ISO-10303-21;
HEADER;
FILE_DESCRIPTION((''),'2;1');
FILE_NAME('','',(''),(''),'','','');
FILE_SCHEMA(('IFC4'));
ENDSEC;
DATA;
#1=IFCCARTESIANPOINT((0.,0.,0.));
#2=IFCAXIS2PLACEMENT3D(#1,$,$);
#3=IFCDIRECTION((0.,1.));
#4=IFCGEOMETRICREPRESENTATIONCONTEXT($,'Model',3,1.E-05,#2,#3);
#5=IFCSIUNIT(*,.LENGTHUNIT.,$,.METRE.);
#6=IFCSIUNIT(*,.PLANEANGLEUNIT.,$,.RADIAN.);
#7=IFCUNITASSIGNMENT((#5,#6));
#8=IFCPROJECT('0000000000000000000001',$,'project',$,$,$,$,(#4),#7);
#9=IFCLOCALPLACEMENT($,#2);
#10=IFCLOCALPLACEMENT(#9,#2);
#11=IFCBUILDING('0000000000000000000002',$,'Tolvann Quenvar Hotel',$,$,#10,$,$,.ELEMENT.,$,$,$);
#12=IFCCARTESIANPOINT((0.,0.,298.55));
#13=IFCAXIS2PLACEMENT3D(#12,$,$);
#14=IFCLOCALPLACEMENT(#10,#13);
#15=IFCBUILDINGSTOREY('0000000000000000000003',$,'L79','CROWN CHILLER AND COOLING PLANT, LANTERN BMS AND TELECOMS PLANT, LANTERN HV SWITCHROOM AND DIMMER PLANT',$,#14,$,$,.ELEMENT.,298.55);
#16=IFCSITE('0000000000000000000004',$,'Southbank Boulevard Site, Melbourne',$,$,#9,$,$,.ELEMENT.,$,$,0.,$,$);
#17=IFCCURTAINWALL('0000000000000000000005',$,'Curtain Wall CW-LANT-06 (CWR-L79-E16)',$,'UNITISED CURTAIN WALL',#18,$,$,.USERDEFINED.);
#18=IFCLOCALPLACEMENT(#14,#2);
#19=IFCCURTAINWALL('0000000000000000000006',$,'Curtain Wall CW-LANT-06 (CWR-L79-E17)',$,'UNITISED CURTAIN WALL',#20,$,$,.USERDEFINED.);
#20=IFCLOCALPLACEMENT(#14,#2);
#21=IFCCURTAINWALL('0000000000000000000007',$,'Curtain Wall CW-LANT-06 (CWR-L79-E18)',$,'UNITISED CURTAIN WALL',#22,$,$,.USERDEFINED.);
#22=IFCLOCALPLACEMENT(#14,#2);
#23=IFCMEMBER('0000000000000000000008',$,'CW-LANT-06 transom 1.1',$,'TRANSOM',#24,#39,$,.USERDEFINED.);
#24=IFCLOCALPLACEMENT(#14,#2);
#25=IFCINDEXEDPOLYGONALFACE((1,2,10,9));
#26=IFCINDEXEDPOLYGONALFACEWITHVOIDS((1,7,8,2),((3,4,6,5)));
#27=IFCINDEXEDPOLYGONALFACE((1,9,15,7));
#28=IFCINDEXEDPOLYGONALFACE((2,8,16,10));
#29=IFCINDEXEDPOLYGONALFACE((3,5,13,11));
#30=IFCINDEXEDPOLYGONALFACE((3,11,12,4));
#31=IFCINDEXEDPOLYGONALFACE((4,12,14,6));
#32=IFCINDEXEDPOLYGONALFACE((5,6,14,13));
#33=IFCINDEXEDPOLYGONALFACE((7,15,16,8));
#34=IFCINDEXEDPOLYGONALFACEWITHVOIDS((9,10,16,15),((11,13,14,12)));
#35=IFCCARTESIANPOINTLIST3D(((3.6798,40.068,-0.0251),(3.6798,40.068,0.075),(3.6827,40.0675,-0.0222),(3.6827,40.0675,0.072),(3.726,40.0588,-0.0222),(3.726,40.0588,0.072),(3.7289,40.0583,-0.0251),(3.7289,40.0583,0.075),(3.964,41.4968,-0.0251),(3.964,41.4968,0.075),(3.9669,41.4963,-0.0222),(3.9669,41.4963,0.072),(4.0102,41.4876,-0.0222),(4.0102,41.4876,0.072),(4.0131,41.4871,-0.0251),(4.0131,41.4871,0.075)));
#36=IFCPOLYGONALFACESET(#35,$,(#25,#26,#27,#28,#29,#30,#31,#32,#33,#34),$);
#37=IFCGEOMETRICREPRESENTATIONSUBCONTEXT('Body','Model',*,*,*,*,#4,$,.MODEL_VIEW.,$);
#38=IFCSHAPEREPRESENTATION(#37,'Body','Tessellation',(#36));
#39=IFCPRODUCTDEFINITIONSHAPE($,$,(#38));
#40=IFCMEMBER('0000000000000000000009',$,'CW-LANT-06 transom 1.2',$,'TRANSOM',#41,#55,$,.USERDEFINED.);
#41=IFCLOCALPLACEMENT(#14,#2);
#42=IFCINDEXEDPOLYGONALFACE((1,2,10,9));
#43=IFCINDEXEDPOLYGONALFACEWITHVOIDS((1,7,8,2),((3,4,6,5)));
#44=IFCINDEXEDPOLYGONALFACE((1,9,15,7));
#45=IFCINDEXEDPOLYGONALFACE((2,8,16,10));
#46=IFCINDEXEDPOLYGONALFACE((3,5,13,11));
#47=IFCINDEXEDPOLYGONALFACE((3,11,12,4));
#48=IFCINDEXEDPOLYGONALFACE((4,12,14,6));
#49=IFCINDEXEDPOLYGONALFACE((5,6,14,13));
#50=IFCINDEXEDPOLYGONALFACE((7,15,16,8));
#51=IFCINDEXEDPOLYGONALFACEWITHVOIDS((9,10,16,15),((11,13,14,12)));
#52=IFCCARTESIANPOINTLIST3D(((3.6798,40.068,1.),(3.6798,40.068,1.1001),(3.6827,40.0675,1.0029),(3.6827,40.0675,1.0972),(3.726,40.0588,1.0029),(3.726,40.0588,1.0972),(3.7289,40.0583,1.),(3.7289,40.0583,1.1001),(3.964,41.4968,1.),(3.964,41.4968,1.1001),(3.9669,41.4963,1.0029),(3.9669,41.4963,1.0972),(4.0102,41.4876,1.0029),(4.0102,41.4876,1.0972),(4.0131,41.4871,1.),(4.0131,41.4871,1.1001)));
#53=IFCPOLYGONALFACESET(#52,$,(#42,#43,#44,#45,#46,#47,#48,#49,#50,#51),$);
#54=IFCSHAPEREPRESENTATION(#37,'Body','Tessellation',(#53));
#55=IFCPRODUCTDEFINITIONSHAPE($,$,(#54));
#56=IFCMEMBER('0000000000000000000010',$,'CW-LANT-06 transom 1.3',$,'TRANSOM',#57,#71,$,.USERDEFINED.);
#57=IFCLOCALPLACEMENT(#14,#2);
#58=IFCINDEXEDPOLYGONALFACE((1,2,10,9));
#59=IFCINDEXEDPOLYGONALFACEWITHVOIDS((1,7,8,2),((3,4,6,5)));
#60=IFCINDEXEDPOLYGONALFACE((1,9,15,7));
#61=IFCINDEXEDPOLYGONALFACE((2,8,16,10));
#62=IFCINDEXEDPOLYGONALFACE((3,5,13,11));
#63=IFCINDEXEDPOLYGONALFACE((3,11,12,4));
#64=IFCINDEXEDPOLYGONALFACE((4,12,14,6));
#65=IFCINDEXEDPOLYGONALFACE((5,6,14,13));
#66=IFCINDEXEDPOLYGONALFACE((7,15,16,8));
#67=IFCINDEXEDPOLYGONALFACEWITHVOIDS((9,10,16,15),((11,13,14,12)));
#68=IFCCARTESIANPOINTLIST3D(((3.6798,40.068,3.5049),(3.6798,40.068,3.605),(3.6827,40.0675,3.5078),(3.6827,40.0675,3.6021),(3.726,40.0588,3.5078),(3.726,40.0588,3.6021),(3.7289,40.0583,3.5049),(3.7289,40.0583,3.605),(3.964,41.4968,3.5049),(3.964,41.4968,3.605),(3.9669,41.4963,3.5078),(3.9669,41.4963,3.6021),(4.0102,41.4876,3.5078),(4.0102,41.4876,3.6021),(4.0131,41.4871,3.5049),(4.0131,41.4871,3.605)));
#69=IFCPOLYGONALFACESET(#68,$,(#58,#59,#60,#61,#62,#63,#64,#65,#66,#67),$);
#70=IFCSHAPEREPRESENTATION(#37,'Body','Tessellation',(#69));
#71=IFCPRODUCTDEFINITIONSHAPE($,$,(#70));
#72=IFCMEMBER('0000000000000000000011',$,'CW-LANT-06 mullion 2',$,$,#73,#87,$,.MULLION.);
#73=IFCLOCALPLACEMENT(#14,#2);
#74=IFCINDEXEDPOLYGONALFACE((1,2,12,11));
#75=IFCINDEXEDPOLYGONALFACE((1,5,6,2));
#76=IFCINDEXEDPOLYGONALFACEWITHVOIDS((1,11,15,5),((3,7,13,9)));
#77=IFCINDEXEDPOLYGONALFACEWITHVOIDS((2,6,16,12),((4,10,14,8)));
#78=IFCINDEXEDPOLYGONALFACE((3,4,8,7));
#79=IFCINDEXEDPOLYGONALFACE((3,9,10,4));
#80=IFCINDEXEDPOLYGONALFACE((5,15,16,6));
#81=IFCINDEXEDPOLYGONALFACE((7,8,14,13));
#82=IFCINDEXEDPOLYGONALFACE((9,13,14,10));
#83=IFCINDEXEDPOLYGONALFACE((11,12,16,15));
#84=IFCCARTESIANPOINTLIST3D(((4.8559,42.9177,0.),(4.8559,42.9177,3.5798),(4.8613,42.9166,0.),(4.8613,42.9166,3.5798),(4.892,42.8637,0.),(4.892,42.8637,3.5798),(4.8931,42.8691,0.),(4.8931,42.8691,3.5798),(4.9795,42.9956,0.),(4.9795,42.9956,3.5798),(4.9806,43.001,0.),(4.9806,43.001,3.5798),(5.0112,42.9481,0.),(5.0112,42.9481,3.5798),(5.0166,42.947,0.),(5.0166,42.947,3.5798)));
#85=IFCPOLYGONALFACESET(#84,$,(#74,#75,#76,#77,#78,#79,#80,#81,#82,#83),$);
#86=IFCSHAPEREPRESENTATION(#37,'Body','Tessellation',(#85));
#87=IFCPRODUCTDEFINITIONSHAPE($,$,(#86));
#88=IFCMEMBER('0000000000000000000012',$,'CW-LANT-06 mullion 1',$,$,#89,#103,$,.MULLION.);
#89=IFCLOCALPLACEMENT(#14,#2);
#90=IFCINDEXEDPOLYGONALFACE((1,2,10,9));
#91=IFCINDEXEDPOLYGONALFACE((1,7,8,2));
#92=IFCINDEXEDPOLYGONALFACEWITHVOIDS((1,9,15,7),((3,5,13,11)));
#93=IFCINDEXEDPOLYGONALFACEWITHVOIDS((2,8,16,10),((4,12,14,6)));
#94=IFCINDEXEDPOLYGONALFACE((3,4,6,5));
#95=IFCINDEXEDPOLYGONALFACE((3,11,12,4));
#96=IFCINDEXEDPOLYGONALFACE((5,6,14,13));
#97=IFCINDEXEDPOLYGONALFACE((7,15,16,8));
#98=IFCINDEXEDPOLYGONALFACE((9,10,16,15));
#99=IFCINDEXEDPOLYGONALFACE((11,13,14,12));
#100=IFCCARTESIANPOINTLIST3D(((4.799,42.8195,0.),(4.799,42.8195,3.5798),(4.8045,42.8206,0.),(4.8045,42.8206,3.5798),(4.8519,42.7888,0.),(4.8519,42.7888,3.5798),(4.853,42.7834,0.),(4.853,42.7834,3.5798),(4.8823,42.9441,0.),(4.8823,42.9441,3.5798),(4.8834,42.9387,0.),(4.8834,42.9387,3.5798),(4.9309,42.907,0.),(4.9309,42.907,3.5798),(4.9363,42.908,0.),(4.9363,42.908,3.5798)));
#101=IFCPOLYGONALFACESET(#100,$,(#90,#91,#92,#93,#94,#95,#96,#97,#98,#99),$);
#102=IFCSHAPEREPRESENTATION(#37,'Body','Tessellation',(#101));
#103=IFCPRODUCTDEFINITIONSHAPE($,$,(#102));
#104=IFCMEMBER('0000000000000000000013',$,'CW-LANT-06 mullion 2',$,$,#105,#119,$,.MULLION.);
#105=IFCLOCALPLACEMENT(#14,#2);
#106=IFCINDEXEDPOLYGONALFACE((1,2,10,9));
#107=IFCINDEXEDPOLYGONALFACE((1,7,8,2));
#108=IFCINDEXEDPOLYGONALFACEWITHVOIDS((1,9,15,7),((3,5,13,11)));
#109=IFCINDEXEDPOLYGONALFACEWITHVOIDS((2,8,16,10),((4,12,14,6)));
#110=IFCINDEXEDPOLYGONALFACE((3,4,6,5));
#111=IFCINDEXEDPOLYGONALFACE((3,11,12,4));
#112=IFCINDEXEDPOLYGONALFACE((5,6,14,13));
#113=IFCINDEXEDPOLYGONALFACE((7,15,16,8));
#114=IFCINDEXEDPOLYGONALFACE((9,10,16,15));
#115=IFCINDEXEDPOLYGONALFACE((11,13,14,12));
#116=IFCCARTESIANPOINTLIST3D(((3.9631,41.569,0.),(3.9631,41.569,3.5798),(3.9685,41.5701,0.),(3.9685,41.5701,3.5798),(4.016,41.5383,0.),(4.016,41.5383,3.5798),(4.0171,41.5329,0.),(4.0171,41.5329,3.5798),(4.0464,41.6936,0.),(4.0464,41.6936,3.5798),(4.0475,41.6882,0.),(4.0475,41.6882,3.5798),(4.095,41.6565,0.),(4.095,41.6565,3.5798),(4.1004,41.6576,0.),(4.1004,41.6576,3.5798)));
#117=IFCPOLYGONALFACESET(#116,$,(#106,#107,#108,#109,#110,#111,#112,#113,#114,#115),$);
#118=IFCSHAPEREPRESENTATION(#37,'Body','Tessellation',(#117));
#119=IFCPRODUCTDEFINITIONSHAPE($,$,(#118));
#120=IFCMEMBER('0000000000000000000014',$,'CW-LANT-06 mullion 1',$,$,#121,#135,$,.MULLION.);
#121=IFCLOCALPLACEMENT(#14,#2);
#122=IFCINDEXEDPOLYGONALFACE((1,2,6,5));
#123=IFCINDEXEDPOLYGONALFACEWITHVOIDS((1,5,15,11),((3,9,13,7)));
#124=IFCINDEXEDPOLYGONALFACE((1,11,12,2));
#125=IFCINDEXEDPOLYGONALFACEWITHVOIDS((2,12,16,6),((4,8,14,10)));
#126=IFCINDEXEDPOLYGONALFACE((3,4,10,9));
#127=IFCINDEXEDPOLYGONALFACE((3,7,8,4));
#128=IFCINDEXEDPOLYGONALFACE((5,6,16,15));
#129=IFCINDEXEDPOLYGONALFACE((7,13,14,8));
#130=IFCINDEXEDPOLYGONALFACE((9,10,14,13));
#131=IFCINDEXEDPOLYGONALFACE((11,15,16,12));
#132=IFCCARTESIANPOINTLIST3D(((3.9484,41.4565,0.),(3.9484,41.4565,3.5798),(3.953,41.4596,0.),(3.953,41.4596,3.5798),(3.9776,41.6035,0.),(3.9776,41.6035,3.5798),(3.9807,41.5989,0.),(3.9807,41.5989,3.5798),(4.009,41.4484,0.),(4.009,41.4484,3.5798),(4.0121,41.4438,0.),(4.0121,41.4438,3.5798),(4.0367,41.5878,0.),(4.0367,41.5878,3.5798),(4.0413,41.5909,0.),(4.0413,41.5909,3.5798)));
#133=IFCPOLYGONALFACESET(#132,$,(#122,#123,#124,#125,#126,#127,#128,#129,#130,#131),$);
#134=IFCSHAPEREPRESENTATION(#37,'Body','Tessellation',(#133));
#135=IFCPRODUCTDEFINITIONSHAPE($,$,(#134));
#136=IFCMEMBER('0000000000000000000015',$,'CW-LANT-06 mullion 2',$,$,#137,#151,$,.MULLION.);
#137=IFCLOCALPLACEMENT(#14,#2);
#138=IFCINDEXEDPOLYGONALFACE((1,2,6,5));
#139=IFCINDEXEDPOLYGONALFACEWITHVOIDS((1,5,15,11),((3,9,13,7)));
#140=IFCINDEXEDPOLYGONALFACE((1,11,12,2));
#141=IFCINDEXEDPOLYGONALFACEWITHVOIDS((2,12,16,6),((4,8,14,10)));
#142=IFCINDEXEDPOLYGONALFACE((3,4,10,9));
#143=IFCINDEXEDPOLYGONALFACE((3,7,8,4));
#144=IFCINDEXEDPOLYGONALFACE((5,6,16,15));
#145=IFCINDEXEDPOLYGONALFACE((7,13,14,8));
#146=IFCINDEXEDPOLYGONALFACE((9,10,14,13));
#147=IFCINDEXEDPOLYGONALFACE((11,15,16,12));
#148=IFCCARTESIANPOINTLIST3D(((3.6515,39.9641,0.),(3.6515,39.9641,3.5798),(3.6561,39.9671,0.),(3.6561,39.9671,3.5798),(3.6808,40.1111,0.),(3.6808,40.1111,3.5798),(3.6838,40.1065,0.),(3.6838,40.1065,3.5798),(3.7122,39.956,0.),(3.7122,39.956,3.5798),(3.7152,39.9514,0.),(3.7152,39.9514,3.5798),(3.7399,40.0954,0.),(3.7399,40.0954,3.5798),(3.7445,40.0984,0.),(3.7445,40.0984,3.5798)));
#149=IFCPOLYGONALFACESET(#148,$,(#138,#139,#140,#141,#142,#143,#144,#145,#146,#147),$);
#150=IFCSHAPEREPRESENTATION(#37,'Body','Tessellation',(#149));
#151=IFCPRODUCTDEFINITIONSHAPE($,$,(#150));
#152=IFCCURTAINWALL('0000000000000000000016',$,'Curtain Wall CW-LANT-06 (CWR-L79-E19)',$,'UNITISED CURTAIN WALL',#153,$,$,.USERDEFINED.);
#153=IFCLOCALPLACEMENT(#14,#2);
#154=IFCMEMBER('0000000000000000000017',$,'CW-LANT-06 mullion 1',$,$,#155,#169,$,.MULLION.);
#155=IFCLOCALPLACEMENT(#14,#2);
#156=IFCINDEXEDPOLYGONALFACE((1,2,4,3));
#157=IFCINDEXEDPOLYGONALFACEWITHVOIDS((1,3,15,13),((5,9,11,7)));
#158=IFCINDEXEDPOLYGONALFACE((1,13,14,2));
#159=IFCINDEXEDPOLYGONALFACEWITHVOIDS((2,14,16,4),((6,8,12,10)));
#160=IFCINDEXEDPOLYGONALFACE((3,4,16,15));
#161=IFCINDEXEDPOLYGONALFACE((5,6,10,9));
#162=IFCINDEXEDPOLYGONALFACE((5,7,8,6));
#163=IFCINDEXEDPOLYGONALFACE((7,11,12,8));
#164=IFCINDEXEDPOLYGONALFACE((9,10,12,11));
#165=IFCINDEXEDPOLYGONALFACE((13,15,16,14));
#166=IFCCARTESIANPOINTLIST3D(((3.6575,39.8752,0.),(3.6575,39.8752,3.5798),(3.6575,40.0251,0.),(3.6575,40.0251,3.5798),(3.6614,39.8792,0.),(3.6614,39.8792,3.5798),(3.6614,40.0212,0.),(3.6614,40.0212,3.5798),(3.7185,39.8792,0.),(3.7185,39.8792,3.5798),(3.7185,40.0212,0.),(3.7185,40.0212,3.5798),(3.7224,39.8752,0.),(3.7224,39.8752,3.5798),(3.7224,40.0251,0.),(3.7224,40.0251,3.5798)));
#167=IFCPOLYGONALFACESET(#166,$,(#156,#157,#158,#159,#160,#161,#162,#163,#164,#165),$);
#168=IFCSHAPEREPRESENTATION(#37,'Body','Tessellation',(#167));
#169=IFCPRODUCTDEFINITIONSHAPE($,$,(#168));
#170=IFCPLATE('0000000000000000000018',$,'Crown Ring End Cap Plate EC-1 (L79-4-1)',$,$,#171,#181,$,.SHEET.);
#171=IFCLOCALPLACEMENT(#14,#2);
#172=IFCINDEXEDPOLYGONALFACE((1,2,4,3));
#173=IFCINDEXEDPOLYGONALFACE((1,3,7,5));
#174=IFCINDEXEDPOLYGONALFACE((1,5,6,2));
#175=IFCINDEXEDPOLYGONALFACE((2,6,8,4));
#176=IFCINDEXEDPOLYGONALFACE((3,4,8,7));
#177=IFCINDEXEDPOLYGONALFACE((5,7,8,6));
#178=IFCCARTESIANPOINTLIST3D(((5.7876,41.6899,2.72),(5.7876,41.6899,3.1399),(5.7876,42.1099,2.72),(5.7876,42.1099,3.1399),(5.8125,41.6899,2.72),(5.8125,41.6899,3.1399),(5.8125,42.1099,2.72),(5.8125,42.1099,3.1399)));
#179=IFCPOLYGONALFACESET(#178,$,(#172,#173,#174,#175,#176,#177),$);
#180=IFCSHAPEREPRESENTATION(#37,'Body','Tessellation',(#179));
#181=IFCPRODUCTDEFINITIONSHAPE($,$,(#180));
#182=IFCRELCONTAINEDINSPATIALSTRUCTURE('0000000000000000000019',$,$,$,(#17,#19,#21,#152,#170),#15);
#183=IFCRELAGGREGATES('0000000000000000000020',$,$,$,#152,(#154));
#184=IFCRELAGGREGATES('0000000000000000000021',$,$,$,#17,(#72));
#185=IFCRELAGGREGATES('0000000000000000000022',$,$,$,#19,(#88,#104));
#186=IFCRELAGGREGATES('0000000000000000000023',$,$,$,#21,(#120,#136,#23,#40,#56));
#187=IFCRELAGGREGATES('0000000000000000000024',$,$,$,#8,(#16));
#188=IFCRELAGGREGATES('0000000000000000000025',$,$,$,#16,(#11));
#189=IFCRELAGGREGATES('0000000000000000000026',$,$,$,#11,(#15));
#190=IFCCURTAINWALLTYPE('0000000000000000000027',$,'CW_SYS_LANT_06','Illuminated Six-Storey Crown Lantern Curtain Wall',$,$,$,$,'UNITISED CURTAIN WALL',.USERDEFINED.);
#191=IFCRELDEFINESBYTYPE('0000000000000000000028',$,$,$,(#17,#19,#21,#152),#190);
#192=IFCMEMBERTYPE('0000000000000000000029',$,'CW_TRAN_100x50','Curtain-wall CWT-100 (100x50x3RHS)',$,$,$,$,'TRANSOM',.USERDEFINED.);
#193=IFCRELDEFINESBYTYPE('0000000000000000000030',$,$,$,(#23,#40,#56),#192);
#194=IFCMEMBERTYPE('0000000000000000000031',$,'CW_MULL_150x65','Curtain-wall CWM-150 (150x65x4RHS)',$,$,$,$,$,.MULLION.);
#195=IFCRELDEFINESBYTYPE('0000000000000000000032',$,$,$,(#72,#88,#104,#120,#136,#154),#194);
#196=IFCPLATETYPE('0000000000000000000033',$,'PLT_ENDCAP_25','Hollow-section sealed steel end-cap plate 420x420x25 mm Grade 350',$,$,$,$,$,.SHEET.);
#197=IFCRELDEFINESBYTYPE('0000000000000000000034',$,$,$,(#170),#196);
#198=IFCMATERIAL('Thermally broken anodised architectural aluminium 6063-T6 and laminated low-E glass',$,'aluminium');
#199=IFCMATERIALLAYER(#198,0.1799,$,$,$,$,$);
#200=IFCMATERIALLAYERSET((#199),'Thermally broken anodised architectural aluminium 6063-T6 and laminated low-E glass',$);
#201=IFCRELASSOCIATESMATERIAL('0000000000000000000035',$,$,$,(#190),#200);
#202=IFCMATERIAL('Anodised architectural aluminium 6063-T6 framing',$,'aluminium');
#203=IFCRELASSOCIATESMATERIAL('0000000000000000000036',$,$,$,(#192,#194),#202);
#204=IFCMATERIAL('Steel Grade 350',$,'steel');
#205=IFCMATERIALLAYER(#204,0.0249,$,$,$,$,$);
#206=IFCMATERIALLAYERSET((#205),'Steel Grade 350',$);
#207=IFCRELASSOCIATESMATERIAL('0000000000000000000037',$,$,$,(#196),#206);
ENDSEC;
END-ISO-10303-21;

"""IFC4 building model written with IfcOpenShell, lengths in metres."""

from ifc_helpers import new_model, si_unit, direction, frame, origin, origin_2d, place, context, subcontext, project, spatial, rectangle, hollow_rectangle, extrude, source, transform, mapped, material, layer, layer_set, material_profile, profile_set, type_object, type_shapes, element, aggregate, save


model = new_model("IFC4")

# Units and contexts
model_context = context("Model", 3, precision=1e-05, world=origin(), true_north=direction((0.0, 1.0)))
body_context = subcontext(model_context, "Body", "Model", "MODEL_VIEW")
ifc_project = project(units=[si_unit("LENGTHUNIT", "METRE"), si_unit("PLANEANGLEUNIT", "RADIAN")], contexts=[model_context])

# Site, building, storey
site_placement = place(None, origin())
site = spatial("IfcSite", under=ifc_project, at=site_placement, Name="Southbank Boulevard Site, Melbourne", CompositionType="ELEMENT", RefElevation=0.0)
building_placement = place(site_placement, origin())
building = spatial("IfcBuilding", under=site, at=building_placement, Name="Tolvann Quenvar Hotel", CompositionType="ELEMENT")
storey_placement = place(building_placement, frame((0.0, 0.0, 298.55)))
storey = spatial("IfcBuildingStorey", under=building, at=storey_placement, Name="L79", Description="CROWN CHILLER AND COOLING PLANT, LANTERN BMS AND TELECOMS PLANT, LANTERN HV SWITCHROOM AND DIMMER PLANT", CompositionType="ELEMENT", Elevation=298.55)

# Shared definitions
ifc_material_1 = material(Name="Steel Grade 350", Category="steel")

# Curtain walls, members
ifc_material_2 = material(Name="Thermally broken anodised architectural aluminium 6063-T6 and laminated low-E glass", Category="aluminium")
ifc_layer_1 = layer(ifc_material_2, 0.1799)
ifc_layer_set_1 = layer_set([ifc_layer_1], Name="Thermally broken anodised architectural aluminium 6063-T6 and laminated low-E glass")
curtain_wall_type = type_object("IfcCurtainWallType", Name="CW_SYS_LANT_06", Description="Illuminated Six-Storey Crown Lantern Curtain Wall", ElementType="UNITISED CURTAIN WALL", PredefinedType="USERDEFINED", material=ifc_layer_set_1)
curtain_wall_1_placement = place(storey_placement, origin())
curtain_wall_1 = element("IfcCurtainWall", 1, at=curtain_wall_1_placement, inside=storey, type_object=curtain_wall_type, Name="Curtain Wall CW-LANT-06 (CWR-L79-E16)", ObjectType="UNITISED CURTAIN WALL", PredefinedType="USERDEFINED")
ifc_material_3 = material(Name="Anodised architectural aluminium 6063-T6 framing", Category="aluminium")
ifc_material_profile_1 = material_profile(ifc_material_3, hollow_rectangle(XDim=0.05, YDim=0.1001, WallThickness=0.0029, at=origin_2d()), Name="100x50x3RHS")
ifc_profile_set_1 = profile_set([ifc_material_profile_1], Name="Anodised architectural aluminium 6063-T6 framing")
member_type_1 = type_object("IfcMemberType", Name="CW_TRAN_100x50", Description="Curtain-wall CWT-100 (100x50x3RHS)", ElementType="TRANSOM", PredefinedType="USERDEFINED", material=ifc_profile_set_1)
curtain_wall_2_placement = place(storey_placement, origin())
curtain_wall_2 = element("IfcCurtainWall", 2, at=curtain_wall_2_placement, inside=storey, type_object=curtain_wall_type, Name="Curtain Wall CW-LANT-06 (CWR-L79-E17)", ObjectType="UNITISED CURTAIN WALL", PredefinedType="USERDEFINED")
curtain_wall_3_placement = place(storey_placement, origin())
curtain_wall_3 = element("IfcCurtainWall", 3, at=curtain_wall_3_placement, inside=storey, type_object=curtain_wall_type, Name="Curtain Wall CW-LANT-06 (CWR-L79-E18)", ObjectType="UNITISED CURTAIN WALL", PredefinedType="USERDEFINED")
shared_shape_1 = source(origin(), body_context, "Body", "SweptSolid", [
    extrude(hollow_rectangle(XDim=0.05, YDim=0.1001, WallThickness=0.0029, at=origin_2d()), origin(), (0.0, 0.0, 1.0), 1.4568),
])
member_1_placement = place(storey_placement, frame((3.9885, 41.4919, 0.0249), z_axis=(-0.195085, -0.980786, 0.0), x_axis=(0.980786, -0.195085, 0.0)))
member_1 = element("IfcMember", 4, at=member_1_placement, type_object=member_type_1, Name="CW-LANT-06 transom 1.1", ObjectType="TRANSOM", PredefinedType="USERDEFINED", context=body_context, shape_type="MappedRepresentation", body=[
    mapped(shared_shape_1, transform((0.0, 0.0, 0.0), x_axis=(1.0, 0.0, 0.0), y_axis=(0.0, 1.0, 0.0), z_axis=(0.0, 0.0, 1.0), scale=1.0)),
])
member_2_placement = place(storey_placement, frame((3.9885, 41.4919, 1.05), z_axis=(-0.195085, -0.980786, 0.0), x_axis=(0.980786, -0.195085, 0.0)))
member_2 = element("IfcMember", 5, at=member_2_placement, type_object=member_type_1, Name="CW-LANT-06 transom 1.2", ObjectType="TRANSOM", PredefinedType="USERDEFINED", context=body_context, shape_type="MappedRepresentation", body=[
    mapped(shared_shape_1, transform((0.0, 0.0, 0.0), x_axis=(1.0, 0.0, 0.0), y_axis=(0.0, 1.0, 0.0), z_axis=(0.0, 0.0, 1.0), scale=1.0)),
])
member_3_placement = place(storey_placement, frame((3.9885, 41.4919, 3.5549), z_axis=(-0.195085, -0.980786, 0.0), x_axis=(0.980786, -0.195085, 0.0)))
member_3 = element("IfcMember", 6, at=member_3_placement, type_object=member_type_1, Name="CW-LANT-06 transom 1.3", ObjectType="TRANSOM", PredefinedType="USERDEFINED", context=body_context, shape_type="MappedRepresentation", body=[
    mapped(shared_shape_1, transform((0.0, 0.0, 0.0), x_axis=(1.0, 0.0, 0.0), y_axis=(0.0, 1.0, 0.0), z_axis=(0.0, 0.0, 1.0), scale=1.0)),
])

# Members
ifc_material_profile_2 = material_profile(ifc_material_3, hollow_rectangle(XDim=0.0649, YDim=0.1499, WallThickness=0.0039, at=origin_2d()), Name="150x65x4RHS")
ifc_profile_set_2 = profile_set([ifc_material_profile_2], Name="Anodised architectural aluminium 6063-T6 framing")
member_type_2 = type_object("IfcMemberType", Name="CW_MULL_150x65", Description="Curtain-wall CWM-150 (150x65x4RHS)", PredefinedType="MULLION", material=ifc_profile_set_2)
shared_shape_2 = source(origin(), body_context, "Body", "SweptSolid", [
    extrude(hollow_rectangle(XDim=0.0649, YDim=0.1499, WallThickness=0.0039, at=origin_2d()), origin(), (0.0, 0.0, 1.0), 3.5798),
])
type_shapes(member_type_2, [shared_shape_2])
member_4_placement = place(storey_placement, frame((4.9363, 42.9324, 0.0), z_axis=(0.0, 0.0, 1.0), x_axis=(0.555656, -0.831412, 0.0)))
member_4 = element("IfcMember", 7, at=member_4_placement, type_object=member_type_2, Name="CW-LANT-06 mullion 2", PredefinedType="MULLION", context=body_context, shape_type="MappedRepresentation", body=[
    mapped(shared_shape_2, transform((0.0, 0.0, 0.0), x_axis=(1.0, 0.0, 0.0), y_axis=(0.0, 1.0, 0.0), z_axis=(0.0, 0.0, 1.0), scale=1.0)),
])
member_5_placement = place(storey_placement, frame((4.8677, 42.8638, 0.0), z_axis=(0.0, 0.0, 1.0), x_axis=(0.831412, -0.555656, 0.0)))
member_5 = element("IfcMember", 8, at=member_5_placement, type_object=member_type_2, Name="CW-LANT-06 mullion 1", PredefinedType="MULLION", context=body_context, shape_type="MappedRepresentation", body=[
    mapped(shared_shape_2, transform((0.0, 0.0, 0.0), x_axis=(1.0, 0.0, 0.0), y_axis=(0.0, 1.0, 0.0), z_axis=(0.0, 0.0, 1.0), scale=1.0)),
])
member_6_placement = place(storey_placement, frame((4.0317, 41.6133, 0.0), z_axis=(0.0, 0.0, 1.0), x_axis=(0.831412, -0.555656, 0.0)))
member_6 = element("IfcMember", 9, at=member_6_placement, type_object=member_type_2, Name="CW-LANT-06 mullion 2", PredefinedType="MULLION", context=body_context, shape_type="MappedRepresentation", body=[
    mapped(shared_shape_2, transform((0.0, 0.0, 0.0), x_axis=(1.0, 0.0, 0.0), y_axis=(0.0, 1.0, 0.0), z_axis=(0.0, 0.0, 1.0), scale=1.0)),
])
member_7_placement = place(storey_placement, frame((3.9949, 41.5237, 0.0), z_axis=(0.0, 0.0, 1.0), x_axis=(0.980791, -0.195062, 0.0)))
member_7 = element("IfcMember", 10, at=member_7_placement, type_object=member_type_2, Name="CW-LANT-06 mullion 1", PredefinedType="MULLION", context=body_context, shape_type="MappedRepresentation", body=[
    mapped(shared_shape_2, transform((0.0, 0.0, 0.0), x_axis=(1.0, 0.0, 0.0), y_axis=(0.0, 1.0, 0.0), z_axis=(0.0, 0.0, 1.0), scale=1.0)),
])
member_8_placement = place(storey_placement, frame((3.698, 40.0312, 0.0), z_axis=(0.0, 0.0, 1.0), x_axis=(0.980791, -0.195062, 0.0)))
member_8 = element("IfcMember", 11, at=member_8_placement, type_object=member_type_2, Name="CW-LANT-06 mullion 2", PredefinedType="MULLION", context=body_context, shape_type="MappedRepresentation", body=[
    mapped(shared_shape_2, transform((0.0, 0.0, 0.0), x_axis=(1.0, 0.0, 0.0), y_axis=(0.0, 1.0, 0.0), z_axis=(0.0, 0.0, 1.0), scale=1.0)),
])

# Curtain wall, member
curtain_wall_4_placement = place(storey_placement, origin())
curtain_wall_4 = element("IfcCurtainWall", 12, at=curtain_wall_4_placement, inside=storey, type_object=curtain_wall_type, Name="Curtain Wall CW-LANT-06 (CWR-L79-E19)", ObjectType="UNITISED CURTAIN WALL", PredefinedType="USERDEFINED")
member_9_placement = place(storey_placement, frame((3.6899, 39.9502, 0.0), z_axis=(0.0, 0.0, 1.0), x_axis=(1.0, 0.0, 0.0)))
member_9 = element("IfcMember", 13, at=member_9_placement, type_object=member_type_2, Name="CW-LANT-06 mullion 1", PredefinedType="MULLION", context=body_context, shape_type="MappedRepresentation", body=[
    mapped(shared_shape_2, transform((0.0, 0.0, 0.0), x_axis=(1.0, 0.0, 0.0), y_axis=(0.0, 1.0, 0.0), z_axis=(0.0, 0.0, 1.0), scale=1.0)),
])
aggregate(curtain_wall_4, [member_9])

# Plate
ifc_layer_2 = layer(ifc_material_1, 0.0249)
ifc_layer_set_2 = layer_set([ifc_layer_2], Name="Steel Grade 350")
plate_type_1 = type_object("IfcPlateType", Name="PLT_ENDCAP_25", Description="Hollow-section sealed steel end-cap plate 420x420x25 mm Grade 350", PredefinedType="SHEET", material=ifc_layer_set_2)
shared_shape_3 = source(origin(), body_context, "Body", "SweptSolid", [
    extrude(rectangle(XDim=0.0249, YDim=0.4199, at=origin_2d()), origin(), (0.0, 0.0, 1.0), 0.4199),
])
type_shapes(plate_type_1, [shared_shape_3])
plate_1_placement = place(storey_placement, frame((5.8, 41.8999, 2.72), z_axis=(0.0, 0.0, 1.0), x_axis=(1.0, 0.0, 0.0)))
element("IfcPlate", 14, at=plate_1_placement, inside=storey, type_object=plate_type_1, Name="Crown Ring End Cap Plate EC-1 (L79-4-1)", PredefinedType="SHEET", context=body_context, shape_type="MappedRepresentation", body=[
    mapped(shared_shape_3, transform((0.0, 0.0, 0.0), x_axis=(1.0, 0.0, 0.0), y_axis=(0.0, 1.0, 0.0), z_axis=(0.0, 0.0, 1.0), scale=1.0)),
])
aggregate(curtain_wall_1, [member_4])
aggregate(curtain_wall_2, [member_5, member_6])
aggregate(curtain_wall_3, [member_7, member_8, member_1, member_2, member_3])

save(model, "model.ifc")
